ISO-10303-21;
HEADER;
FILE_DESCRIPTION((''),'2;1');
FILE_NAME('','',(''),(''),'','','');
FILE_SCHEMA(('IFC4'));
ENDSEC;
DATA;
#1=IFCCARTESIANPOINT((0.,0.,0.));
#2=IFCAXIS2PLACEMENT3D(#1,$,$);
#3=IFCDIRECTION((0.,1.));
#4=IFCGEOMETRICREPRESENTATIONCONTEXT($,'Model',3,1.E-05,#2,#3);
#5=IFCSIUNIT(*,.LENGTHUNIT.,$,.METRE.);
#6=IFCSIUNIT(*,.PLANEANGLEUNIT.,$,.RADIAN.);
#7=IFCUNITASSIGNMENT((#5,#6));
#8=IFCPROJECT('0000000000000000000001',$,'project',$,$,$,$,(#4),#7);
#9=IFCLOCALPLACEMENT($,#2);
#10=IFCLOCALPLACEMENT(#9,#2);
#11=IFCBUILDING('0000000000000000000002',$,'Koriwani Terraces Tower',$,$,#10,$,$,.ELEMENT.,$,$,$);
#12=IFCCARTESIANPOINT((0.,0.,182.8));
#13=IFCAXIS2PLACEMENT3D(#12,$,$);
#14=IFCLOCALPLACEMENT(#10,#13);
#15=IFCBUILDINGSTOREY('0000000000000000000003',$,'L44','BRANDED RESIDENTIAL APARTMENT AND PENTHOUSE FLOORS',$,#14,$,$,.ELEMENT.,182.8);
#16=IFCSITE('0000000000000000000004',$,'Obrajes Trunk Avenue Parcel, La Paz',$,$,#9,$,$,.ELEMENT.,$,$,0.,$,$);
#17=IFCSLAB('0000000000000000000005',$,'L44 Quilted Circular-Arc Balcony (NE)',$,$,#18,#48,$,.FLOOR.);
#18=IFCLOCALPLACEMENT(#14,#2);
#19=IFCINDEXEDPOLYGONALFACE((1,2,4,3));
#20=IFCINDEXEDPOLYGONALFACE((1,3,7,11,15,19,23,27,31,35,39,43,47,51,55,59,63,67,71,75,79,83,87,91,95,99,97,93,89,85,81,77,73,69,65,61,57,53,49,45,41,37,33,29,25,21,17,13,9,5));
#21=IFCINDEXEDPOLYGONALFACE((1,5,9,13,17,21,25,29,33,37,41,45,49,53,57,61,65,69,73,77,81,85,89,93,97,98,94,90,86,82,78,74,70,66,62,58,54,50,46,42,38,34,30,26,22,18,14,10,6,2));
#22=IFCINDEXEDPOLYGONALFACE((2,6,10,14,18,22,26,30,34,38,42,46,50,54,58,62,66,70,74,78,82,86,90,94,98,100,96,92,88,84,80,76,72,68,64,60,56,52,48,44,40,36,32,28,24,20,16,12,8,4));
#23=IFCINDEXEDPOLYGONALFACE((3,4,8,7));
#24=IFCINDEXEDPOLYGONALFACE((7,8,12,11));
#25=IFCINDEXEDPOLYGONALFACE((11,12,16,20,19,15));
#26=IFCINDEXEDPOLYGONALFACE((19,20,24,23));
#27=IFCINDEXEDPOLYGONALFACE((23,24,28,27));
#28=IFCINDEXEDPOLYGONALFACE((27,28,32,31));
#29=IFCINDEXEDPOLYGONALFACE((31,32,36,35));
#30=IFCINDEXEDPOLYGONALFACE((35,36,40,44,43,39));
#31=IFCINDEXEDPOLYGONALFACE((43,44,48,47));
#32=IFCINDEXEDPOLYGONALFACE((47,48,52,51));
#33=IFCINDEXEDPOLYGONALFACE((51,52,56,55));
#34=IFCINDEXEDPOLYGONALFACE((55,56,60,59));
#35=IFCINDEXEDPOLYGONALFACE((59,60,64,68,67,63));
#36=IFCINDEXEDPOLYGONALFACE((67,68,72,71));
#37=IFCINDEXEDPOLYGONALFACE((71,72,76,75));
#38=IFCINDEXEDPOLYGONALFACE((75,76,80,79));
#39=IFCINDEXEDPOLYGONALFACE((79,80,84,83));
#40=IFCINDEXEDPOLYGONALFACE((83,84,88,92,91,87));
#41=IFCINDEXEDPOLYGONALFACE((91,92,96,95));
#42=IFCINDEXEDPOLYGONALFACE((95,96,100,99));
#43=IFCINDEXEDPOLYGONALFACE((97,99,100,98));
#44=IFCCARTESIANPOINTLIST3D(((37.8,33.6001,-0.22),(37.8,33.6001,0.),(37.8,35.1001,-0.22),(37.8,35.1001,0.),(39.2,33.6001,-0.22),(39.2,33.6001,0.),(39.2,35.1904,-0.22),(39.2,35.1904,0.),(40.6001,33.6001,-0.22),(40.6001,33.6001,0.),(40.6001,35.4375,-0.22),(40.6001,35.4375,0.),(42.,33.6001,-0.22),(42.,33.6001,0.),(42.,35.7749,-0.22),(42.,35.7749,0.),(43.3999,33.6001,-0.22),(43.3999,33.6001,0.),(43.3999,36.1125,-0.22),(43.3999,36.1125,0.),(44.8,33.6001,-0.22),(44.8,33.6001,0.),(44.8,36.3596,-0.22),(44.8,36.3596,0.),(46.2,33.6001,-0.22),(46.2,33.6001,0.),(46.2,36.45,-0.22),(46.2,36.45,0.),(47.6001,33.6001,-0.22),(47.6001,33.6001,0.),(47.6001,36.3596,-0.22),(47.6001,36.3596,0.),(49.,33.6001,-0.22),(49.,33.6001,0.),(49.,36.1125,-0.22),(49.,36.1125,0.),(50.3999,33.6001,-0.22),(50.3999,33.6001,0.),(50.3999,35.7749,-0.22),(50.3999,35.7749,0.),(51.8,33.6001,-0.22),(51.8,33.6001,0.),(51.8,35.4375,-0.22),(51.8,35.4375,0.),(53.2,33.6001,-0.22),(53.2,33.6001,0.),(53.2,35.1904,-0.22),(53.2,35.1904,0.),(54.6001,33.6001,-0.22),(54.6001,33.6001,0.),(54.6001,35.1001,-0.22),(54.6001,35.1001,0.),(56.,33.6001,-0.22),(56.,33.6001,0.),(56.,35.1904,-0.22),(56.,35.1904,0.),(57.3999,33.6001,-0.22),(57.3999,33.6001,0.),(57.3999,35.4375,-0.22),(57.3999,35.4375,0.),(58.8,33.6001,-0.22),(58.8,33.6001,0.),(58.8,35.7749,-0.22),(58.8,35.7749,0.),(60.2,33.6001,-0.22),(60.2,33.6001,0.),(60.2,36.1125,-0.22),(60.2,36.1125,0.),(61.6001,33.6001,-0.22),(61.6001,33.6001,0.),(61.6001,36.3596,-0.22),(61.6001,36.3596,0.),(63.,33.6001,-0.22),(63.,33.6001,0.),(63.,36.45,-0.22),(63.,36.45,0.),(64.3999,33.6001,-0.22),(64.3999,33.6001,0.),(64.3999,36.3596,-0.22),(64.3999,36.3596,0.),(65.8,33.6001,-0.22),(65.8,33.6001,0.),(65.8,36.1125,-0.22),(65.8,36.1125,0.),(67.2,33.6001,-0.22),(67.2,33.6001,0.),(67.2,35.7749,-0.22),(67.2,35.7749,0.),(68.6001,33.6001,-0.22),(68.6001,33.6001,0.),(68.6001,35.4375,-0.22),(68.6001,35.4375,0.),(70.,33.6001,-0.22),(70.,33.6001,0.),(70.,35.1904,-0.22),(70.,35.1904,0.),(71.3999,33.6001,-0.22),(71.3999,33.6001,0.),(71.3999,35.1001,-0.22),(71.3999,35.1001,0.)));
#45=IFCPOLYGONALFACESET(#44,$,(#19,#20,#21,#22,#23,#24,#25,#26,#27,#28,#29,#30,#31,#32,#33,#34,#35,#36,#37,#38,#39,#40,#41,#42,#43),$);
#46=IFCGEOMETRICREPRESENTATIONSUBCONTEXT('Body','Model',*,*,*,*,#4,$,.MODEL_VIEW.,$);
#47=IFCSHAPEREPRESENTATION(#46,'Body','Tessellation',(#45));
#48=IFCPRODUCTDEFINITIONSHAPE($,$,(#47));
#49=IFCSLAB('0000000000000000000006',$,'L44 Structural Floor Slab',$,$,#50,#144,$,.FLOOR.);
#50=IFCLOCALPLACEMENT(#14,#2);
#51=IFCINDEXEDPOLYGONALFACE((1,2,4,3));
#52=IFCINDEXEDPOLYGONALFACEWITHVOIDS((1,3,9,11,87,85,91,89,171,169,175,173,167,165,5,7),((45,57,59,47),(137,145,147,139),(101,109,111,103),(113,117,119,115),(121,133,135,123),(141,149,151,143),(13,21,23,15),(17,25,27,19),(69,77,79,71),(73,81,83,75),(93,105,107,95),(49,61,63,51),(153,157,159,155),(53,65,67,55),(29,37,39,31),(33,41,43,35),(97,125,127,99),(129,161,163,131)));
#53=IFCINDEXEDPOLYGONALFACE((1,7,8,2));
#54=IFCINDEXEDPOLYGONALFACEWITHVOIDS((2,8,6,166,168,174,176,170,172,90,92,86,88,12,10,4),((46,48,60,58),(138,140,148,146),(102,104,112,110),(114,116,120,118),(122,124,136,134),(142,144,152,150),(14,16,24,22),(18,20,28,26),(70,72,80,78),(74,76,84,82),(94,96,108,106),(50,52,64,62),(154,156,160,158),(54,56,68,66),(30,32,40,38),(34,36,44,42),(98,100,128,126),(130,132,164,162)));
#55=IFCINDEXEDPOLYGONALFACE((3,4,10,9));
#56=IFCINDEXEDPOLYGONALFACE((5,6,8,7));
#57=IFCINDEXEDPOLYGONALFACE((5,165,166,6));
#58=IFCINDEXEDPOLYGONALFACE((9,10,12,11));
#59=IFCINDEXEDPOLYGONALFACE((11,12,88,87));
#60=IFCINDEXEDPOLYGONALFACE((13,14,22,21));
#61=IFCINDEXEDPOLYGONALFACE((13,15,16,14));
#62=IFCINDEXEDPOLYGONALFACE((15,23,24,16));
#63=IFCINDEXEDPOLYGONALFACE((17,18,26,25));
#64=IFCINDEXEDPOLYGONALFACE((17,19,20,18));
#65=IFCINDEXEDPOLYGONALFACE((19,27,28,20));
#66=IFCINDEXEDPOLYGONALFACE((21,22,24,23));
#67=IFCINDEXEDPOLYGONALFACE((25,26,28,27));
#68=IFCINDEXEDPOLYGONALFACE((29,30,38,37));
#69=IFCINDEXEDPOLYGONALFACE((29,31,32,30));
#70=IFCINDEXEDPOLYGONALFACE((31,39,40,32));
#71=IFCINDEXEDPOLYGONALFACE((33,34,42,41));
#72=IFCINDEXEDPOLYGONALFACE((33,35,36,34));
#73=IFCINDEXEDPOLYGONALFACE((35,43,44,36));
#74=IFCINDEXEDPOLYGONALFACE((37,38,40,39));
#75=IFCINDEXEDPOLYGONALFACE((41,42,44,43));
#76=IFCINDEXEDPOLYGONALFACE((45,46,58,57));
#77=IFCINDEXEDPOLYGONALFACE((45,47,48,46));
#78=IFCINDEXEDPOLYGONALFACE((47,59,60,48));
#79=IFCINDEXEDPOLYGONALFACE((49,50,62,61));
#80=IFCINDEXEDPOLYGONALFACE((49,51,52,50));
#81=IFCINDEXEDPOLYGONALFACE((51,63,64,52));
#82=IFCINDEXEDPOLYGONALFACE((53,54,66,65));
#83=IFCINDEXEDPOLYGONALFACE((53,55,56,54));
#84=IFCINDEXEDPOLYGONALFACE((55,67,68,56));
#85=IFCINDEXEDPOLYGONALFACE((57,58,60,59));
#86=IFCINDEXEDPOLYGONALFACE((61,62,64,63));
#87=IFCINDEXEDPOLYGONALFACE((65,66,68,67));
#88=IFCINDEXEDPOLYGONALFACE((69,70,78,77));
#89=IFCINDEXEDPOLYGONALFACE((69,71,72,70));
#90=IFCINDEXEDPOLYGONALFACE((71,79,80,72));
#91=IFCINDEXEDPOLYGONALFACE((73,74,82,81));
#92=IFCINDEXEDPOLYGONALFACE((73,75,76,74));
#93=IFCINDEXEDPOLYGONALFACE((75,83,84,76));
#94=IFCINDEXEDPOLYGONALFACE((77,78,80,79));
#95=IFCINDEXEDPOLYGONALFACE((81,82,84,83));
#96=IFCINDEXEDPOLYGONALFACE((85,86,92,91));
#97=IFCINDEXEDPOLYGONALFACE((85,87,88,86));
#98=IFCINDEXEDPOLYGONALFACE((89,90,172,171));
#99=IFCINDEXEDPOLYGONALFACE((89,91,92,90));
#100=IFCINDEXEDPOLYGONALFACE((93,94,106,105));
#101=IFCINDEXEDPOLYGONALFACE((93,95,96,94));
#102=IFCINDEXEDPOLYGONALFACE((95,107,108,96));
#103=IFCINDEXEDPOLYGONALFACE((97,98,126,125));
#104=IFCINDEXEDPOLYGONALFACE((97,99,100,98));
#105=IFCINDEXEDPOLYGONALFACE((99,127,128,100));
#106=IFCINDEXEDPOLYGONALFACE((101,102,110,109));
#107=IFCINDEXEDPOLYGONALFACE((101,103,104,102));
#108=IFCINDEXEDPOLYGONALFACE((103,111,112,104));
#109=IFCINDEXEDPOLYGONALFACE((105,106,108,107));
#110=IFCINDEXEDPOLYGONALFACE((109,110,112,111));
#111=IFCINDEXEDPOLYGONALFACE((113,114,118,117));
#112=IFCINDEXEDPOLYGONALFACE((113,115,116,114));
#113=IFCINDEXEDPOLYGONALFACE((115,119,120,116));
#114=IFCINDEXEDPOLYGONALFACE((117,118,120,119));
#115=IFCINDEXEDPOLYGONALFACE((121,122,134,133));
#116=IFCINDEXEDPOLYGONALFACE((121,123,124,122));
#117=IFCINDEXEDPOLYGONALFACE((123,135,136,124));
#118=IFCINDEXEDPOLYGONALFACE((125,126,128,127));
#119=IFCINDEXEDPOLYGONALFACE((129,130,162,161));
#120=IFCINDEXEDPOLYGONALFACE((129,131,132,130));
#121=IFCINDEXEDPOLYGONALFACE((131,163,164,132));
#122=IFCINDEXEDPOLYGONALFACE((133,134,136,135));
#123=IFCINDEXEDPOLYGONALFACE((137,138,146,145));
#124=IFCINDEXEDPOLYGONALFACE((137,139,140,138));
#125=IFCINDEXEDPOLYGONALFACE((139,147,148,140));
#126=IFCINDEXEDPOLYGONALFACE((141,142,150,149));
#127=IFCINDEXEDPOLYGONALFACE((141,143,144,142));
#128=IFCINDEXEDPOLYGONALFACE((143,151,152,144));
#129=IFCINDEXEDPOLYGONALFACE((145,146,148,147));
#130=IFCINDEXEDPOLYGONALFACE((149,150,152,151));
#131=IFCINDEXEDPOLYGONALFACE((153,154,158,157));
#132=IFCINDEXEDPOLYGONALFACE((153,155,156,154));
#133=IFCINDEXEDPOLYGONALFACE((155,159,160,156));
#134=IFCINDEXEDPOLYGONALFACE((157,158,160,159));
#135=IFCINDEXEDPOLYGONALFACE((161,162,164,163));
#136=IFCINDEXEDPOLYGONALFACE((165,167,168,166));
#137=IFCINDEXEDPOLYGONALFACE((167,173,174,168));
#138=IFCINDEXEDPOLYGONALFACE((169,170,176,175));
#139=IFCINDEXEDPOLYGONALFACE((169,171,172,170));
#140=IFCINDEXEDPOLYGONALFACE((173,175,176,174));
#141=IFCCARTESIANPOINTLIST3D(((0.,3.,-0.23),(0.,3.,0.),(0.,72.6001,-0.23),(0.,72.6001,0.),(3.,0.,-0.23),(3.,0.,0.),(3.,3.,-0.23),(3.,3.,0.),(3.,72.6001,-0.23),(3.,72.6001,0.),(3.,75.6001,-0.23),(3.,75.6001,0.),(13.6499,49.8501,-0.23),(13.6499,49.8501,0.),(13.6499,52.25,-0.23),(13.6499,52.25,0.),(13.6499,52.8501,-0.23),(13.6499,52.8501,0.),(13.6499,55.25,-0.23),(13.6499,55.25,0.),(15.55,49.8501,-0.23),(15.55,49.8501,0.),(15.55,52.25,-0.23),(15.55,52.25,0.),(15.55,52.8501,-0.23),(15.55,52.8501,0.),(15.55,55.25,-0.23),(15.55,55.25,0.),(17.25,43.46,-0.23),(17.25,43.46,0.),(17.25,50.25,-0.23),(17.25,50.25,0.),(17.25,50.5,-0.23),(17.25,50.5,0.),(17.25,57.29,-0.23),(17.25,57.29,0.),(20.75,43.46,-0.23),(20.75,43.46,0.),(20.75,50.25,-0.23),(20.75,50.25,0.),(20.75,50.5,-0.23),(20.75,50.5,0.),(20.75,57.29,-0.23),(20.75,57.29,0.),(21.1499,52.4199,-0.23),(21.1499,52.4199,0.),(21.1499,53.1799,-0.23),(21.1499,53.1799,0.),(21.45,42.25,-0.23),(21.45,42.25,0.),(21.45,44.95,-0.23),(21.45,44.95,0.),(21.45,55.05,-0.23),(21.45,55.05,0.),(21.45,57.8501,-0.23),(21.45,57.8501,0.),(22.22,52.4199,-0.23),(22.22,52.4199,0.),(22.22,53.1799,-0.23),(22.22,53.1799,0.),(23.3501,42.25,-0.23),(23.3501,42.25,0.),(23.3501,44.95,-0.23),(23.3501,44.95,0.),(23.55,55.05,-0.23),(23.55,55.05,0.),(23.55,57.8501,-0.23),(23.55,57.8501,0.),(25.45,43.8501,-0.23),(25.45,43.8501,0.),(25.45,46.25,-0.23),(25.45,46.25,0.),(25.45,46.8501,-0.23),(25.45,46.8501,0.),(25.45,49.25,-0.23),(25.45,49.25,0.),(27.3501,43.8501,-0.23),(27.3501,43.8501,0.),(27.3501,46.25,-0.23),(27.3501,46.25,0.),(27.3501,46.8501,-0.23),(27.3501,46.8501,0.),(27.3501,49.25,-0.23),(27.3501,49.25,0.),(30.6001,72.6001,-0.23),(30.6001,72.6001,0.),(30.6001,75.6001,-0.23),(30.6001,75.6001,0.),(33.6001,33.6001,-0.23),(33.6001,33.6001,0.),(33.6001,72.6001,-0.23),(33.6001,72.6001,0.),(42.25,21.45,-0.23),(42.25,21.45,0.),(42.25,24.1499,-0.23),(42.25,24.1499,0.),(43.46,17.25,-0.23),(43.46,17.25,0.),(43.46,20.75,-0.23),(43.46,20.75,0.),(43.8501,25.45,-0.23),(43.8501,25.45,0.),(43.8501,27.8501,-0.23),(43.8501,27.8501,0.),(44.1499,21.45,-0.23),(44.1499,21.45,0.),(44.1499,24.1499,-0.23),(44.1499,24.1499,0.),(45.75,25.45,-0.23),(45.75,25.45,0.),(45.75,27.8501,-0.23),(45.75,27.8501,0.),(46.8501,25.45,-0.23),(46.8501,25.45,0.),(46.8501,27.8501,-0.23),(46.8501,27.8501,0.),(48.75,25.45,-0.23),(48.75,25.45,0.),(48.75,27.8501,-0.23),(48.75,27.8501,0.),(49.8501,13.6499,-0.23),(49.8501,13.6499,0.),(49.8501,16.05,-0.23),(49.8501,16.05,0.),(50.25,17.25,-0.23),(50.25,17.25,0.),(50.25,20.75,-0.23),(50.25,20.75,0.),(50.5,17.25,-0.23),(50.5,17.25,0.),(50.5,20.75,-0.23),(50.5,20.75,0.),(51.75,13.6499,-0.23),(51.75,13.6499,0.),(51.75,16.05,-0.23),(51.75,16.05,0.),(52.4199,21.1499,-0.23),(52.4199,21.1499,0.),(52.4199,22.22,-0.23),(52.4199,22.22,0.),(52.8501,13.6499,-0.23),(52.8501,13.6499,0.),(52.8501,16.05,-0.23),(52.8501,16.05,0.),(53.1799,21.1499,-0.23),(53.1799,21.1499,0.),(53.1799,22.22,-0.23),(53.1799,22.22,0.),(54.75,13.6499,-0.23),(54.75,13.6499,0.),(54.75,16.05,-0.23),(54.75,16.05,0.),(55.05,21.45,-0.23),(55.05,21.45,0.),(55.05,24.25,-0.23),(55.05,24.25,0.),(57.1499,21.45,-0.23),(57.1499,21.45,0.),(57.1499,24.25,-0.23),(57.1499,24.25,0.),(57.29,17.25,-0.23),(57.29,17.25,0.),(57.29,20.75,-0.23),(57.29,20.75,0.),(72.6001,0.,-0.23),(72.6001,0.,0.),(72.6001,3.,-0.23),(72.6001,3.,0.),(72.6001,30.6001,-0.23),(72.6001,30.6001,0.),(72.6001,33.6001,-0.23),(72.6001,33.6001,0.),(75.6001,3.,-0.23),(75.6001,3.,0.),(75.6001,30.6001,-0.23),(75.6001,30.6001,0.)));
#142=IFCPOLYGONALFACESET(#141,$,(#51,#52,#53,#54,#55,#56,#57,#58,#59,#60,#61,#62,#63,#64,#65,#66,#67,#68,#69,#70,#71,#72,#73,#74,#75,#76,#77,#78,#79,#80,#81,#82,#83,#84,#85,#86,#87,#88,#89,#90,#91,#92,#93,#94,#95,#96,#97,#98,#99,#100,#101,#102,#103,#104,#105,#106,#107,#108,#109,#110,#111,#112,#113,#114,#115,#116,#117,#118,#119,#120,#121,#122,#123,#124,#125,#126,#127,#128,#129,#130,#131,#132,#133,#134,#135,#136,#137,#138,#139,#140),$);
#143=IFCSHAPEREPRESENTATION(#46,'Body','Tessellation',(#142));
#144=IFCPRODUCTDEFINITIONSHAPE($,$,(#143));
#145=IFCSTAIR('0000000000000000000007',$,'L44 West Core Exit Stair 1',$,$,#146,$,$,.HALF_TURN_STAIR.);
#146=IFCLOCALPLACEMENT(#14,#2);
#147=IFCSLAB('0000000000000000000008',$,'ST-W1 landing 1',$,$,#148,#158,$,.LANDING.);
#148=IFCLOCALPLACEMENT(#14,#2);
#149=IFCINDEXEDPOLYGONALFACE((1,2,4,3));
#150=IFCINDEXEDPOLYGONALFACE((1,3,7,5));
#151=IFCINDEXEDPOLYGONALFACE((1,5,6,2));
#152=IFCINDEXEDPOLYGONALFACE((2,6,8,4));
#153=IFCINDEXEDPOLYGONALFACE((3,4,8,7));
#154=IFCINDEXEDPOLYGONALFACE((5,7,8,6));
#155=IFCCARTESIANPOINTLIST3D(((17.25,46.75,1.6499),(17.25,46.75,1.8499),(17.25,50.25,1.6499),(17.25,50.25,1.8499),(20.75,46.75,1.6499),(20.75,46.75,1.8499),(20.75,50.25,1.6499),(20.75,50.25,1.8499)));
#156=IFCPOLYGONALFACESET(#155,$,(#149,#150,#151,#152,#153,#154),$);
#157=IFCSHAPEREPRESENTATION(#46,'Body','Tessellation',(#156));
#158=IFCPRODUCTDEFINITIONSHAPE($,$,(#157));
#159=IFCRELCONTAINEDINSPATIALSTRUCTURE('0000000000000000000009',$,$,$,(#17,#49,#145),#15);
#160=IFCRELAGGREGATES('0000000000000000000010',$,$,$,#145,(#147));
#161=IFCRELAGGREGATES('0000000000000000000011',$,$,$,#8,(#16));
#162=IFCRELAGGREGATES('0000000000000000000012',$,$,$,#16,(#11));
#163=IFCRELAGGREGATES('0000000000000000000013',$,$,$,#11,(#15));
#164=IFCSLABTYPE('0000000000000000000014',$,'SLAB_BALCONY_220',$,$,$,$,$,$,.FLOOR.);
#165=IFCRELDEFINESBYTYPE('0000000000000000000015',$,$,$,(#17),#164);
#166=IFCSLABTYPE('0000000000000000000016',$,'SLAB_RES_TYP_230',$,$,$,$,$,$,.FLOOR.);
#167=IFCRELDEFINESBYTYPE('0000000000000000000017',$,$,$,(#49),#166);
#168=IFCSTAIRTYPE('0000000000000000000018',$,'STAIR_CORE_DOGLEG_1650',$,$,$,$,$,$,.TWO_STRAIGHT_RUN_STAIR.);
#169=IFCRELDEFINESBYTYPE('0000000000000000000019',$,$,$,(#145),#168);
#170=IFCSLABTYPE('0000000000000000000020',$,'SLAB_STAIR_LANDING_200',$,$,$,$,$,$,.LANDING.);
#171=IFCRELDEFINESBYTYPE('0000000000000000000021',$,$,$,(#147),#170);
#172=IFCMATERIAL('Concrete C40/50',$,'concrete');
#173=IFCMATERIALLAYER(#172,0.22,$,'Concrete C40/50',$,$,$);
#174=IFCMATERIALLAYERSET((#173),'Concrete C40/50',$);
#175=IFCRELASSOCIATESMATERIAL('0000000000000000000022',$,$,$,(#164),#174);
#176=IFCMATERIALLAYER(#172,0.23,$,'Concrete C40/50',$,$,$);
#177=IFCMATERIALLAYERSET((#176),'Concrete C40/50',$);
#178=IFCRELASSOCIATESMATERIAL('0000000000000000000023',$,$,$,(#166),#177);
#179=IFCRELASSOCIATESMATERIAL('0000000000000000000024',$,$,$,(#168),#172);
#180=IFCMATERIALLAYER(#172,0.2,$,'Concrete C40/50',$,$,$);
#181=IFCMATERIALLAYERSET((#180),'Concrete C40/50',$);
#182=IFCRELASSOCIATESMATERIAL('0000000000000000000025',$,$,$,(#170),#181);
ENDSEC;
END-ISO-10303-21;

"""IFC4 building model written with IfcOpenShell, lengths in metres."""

from ifc_helpers import new_model, si_unit, direction, frame, origin, place, context, subcontext, project, spatial, polyline, outline, extrude, material, layer, layer_set, type_object, element, aggregate, save


model = new_model("IFC4")

# Units and contexts
model_context = context("Model", 3, precision=1e-05, world=origin(), true_north=direction((0.0, 1.0)))
body_context = subcontext(model_context, "Body", "Model", "MODEL_VIEW")
ifc_project = project(units=[si_unit("LENGTHUNIT", "METRE"), si_unit("PLANEANGLEUNIT", "RADIAN")], contexts=[model_context])

# Site, building, storey
site_placement = place(None, origin())
site = spatial("IfcSite", under=ifc_project, at=site_placement, Name="Obrajes Trunk Avenue Parcel, La Paz", CompositionType="ELEMENT", RefElevation=0.0)
building_placement = place(site_placement, origin())
building = spatial("IfcBuilding", under=site, at=building_placement, Name="Koriwani Terraces Tower", CompositionType="ELEMENT")
storey_placement = place(building_placement, frame((0.0, 0.0, 182.8)))
storey = spatial("IfcBuildingStorey", under=building, at=storey_placement, Name="L44", Description="BRANDED RESIDENTIAL APARTMENT AND PENTHOUSE FLOORS", CompositionType="ELEMENT", Elevation=182.8)

# Shared definitions
ifc_material_1 = material(Name="Concrete C40/50", Category="concrete")

# Slabs
ifc_layer_1 = layer(ifc_material_1, 0.22, Name="Concrete C40/50")
ifc_layer_set_1 = layer_set([ifc_layer_1], Name="Concrete C40/50")
slab_type_1 = type_object("IfcSlabType", Name="SLAB_BALCONY_220", PredefinedType="FLOOR", material=ifc_layer_set_1)
slab_1_placement = place(storey_placement, frame((0.0, 0.0, -0.22)))
element("IfcSlab", 1, at=slab_1_placement, inside=storey, type_object=slab_type_1, Name="L44 Quilted Circular-Arc Balcony (NE)", PredefinedType="FLOOR", context=body_context, shape_type="SweptSolid", body=[
    extrude(outline(polyline([(71.3999, 33.6001), (70.0, 33.6001), (68.6001, 33.6001), (67.2, 33.6001), (65.8, 33.6001), (64.3999, 33.6001), (63.0, 33.6001), (61.6001, 33.6001), (60.2, 33.6001), (58.8, 33.6001), (57.3999, 33.6001), (56.0, 33.6001), (54.6001, 33.6001), (53.2, 33.6001), (51.8, 33.6001), (50.3999, 33.6001), (49.0, 33.6001), (47.6001, 33.6001), (46.2, 33.6001), (44.8, 33.6001), (43.3999, 33.6001), (42.0, 33.6001), (40.6001, 33.6001), (39.2, 33.6001), (37.8, 33.6001), (37.8, 35.1001), (39.2, 35.1904), (40.6001, 35.4375), (42.0, 35.7749), (43.3999, 36.1125), (44.8, 36.3596), (46.2, 36.45), (47.6001, 36.3596), (49.0, 36.1125), (50.3999, 35.7749), (51.8, 35.4375), (53.2, 35.1904), (54.6001, 35.1001), (56.0, 35.1904), (57.3999, 35.4375), (58.8, 35.7749), (60.2, 36.1125), (61.6001, 36.3596), (63.0, 36.45), (64.3999, 36.3596), (65.8, 36.1125), (67.2, 35.7749), (68.6001, 35.4375), (70.0, 35.1904), (71.3999, 35.1001), (71.3999, 33.6001)])), origin(), (0.0, 0.0, 1.0), 0.22),
])
ifc_layer_2 = layer(ifc_material_1, 0.23, Name="Concrete C40/50")
ifc_layer_set_2 = layer_set([ifc_layer_2], Name="Concrete C40/50")
slab_type_2 = type_object("IfcSlabType", Name="SLAB_RES_TYP_230", PredefinedType="FLOOR", material=ifc_layer_set_2)
slab_2_placement = place(storey_placement, frame((0.0, 0.0, -0.23)))
element("IfcSlab", 2, at=slab_2_placement, inside=storey, type_object=slab_type_2, Name="L44 Structural Floor Slab", PredefinedType="FLOOR", context=body_context, shape_type="SweptSolid", body=[
    extrude(outline(polyline([(3.0, 0.0), (72.6001, 0.0), (72.6001, 3.0), (75.6001, 3.0), (75.6001, 30.6001), (72.6001, 30.6001), (72.6001, 33.6001), (33.6001, 33.6001), (33.6001, 72.6001), (30.6001, 72.6001), (30.6001, 75.6001), (3.0, 75.6001), (3.0, 72.6001), (0.0, 72.6001), (0.0, 3.0), (3.0, 3.0), (3.0, 0.0)]), holes=[polyline([(17.25, 43.46), (20.75, 43.46), (20.75, 50.25), (17.25, 50.25), (17.25, 43.46)]), polyline([(17.25, 50.5), (20.75, 50.5), (20.75, 57.29), (17.25, 57.29), (17.25, 50.5)]), polyline([(43.46, 17.25), (50.25, 17.25), (50.25, 20.75), (43.46, 20.75), (43.46, 17.25)]), polyline([(50.5, 17.25), (57.29, 17.25), (57.29, 20.75), (50.5, 20.75), (50.5, 17.25)]), polyline([(13.6499, 49.8501), (15.55, 49.8501), (15.55, 52.25), (13.6499, 52.25), (13.6499, 49.8501)]), polyline([(13.6499, 52.8501), (15.55, 52.8501), (15.55, 55.25), (13.6499, 55.25), (13.6499, 52.8501)]), polyline([(49.8501, 13.6499), (51.75, 13.6499), (51.75, 16.05), (49.8501, 16.05), (49.8501, 13.6499)]), polyline([(52.8501, 13.6499), (54.75, 13.6499), (54.75, 16.05), (52.8501, 16.05), (52.8501, 13.6499)]), polyline([(25.45, 43.8501), (27.3501, 43.8501), (27.3501, 46.25), (25.45, 46.25), (25.45, 43.8501)]), polyline([(25.45, 46.8501), (27.3501, 46.8501), (27.3501, 49.25), (25.45, 49.25), (25.45, 46.8501)]), polyline([(43.8501, 25.45), (45.75, 25.45), (45.75, 27.8501), (43.8501, 27.8501), (43.8501, 25.45)]), polyline([(46.8501, 25.45), (48.75, 25.45), (48.75, 27.8501), (46.8501, 27.8501), (46.8501, 25.45)]), polyline([(21.45, 55.05), (23.55, 55.05), (23.55, 57.8501), (21.45, 57.8501), (21.45, 55.05)]), polyline([(55.05, 21.45), (57.1499, 21.45), (57.1499, 24.25), (55.05, 24.25), (55.05, 21.45)]), polyline([(21.45, 42.25), (23.3501, 42.25), (23.3501, 44.95), (21.45, 44.95), (21.45, 42.25)]), polyline([(42.25, 21.45), (44.1499, 21.45), (44.1499, 24.1499), (42.25, 24.1499), (42.25, 21.45)]), polyline([(21.1499, 52.4199), (22.22, 52.4199), (22.22, 53.1799), (21.1499, 53.1799), (21.1499, 52.4199)]), polyline([(52.4199, 21.1499), (53.1799, 21.1499), (53.1799, 22.22), (52.4199, 22.22), (52.4199, 21.1499)])]), origin(), (0.0, 0.0, 1.0), 0.23),
])

# Stair, slab
stair_type = type_object("IfcStairType", Name="STAIR_CORE_DOGLEG_1650", PredefinedType="TWO_STRAIGHT_RUN_STAIR", material=ifc_material_1)
stair_1_placement = place(storey_placement, origin())
stair_1 = element("IfcStair", 3, at=stair_1_placement, inside=storey, type_object=stair_type, Name="L44 West Core Exit Stair 1", PredefinedType="HALF_TURN_STAIR")
ifc_layer_3 = layer(ifc_material_1, 0.2, Name="Concrete C40/50")
ifc_layer_set_3 = layer_set([ifc_layer_3], Name="Concrete C40/50")
slab_type_3 = type_object("IfcSlabType", Name="SLAB_STAIR_LANDING_200", PredefinedType="LANDING", material=ifc_layer_set_3)
slab_3_placement = place(storey_placement, frame((0.0, 0.0, 1.6499)))
slab_3 = element("IfcSlab", 4, at=slab_3_placement, type_object=slab_type_3, Name="ST-W1 landing 1", PredefinedType="LANDING", context=body_context, shape_type="SweptSolid", body=[
    extrude(outline(polyline([(20.75, 46.75), (20.75, 50.25), (17.25, 50.25), (17.25, 46.75), (20.75, 46.75)])), origin(), (0.0, 0.0, 1.0), 0.2),
])
aggregate(stair_1, [slab_3])

save(model, "model.ifc")
